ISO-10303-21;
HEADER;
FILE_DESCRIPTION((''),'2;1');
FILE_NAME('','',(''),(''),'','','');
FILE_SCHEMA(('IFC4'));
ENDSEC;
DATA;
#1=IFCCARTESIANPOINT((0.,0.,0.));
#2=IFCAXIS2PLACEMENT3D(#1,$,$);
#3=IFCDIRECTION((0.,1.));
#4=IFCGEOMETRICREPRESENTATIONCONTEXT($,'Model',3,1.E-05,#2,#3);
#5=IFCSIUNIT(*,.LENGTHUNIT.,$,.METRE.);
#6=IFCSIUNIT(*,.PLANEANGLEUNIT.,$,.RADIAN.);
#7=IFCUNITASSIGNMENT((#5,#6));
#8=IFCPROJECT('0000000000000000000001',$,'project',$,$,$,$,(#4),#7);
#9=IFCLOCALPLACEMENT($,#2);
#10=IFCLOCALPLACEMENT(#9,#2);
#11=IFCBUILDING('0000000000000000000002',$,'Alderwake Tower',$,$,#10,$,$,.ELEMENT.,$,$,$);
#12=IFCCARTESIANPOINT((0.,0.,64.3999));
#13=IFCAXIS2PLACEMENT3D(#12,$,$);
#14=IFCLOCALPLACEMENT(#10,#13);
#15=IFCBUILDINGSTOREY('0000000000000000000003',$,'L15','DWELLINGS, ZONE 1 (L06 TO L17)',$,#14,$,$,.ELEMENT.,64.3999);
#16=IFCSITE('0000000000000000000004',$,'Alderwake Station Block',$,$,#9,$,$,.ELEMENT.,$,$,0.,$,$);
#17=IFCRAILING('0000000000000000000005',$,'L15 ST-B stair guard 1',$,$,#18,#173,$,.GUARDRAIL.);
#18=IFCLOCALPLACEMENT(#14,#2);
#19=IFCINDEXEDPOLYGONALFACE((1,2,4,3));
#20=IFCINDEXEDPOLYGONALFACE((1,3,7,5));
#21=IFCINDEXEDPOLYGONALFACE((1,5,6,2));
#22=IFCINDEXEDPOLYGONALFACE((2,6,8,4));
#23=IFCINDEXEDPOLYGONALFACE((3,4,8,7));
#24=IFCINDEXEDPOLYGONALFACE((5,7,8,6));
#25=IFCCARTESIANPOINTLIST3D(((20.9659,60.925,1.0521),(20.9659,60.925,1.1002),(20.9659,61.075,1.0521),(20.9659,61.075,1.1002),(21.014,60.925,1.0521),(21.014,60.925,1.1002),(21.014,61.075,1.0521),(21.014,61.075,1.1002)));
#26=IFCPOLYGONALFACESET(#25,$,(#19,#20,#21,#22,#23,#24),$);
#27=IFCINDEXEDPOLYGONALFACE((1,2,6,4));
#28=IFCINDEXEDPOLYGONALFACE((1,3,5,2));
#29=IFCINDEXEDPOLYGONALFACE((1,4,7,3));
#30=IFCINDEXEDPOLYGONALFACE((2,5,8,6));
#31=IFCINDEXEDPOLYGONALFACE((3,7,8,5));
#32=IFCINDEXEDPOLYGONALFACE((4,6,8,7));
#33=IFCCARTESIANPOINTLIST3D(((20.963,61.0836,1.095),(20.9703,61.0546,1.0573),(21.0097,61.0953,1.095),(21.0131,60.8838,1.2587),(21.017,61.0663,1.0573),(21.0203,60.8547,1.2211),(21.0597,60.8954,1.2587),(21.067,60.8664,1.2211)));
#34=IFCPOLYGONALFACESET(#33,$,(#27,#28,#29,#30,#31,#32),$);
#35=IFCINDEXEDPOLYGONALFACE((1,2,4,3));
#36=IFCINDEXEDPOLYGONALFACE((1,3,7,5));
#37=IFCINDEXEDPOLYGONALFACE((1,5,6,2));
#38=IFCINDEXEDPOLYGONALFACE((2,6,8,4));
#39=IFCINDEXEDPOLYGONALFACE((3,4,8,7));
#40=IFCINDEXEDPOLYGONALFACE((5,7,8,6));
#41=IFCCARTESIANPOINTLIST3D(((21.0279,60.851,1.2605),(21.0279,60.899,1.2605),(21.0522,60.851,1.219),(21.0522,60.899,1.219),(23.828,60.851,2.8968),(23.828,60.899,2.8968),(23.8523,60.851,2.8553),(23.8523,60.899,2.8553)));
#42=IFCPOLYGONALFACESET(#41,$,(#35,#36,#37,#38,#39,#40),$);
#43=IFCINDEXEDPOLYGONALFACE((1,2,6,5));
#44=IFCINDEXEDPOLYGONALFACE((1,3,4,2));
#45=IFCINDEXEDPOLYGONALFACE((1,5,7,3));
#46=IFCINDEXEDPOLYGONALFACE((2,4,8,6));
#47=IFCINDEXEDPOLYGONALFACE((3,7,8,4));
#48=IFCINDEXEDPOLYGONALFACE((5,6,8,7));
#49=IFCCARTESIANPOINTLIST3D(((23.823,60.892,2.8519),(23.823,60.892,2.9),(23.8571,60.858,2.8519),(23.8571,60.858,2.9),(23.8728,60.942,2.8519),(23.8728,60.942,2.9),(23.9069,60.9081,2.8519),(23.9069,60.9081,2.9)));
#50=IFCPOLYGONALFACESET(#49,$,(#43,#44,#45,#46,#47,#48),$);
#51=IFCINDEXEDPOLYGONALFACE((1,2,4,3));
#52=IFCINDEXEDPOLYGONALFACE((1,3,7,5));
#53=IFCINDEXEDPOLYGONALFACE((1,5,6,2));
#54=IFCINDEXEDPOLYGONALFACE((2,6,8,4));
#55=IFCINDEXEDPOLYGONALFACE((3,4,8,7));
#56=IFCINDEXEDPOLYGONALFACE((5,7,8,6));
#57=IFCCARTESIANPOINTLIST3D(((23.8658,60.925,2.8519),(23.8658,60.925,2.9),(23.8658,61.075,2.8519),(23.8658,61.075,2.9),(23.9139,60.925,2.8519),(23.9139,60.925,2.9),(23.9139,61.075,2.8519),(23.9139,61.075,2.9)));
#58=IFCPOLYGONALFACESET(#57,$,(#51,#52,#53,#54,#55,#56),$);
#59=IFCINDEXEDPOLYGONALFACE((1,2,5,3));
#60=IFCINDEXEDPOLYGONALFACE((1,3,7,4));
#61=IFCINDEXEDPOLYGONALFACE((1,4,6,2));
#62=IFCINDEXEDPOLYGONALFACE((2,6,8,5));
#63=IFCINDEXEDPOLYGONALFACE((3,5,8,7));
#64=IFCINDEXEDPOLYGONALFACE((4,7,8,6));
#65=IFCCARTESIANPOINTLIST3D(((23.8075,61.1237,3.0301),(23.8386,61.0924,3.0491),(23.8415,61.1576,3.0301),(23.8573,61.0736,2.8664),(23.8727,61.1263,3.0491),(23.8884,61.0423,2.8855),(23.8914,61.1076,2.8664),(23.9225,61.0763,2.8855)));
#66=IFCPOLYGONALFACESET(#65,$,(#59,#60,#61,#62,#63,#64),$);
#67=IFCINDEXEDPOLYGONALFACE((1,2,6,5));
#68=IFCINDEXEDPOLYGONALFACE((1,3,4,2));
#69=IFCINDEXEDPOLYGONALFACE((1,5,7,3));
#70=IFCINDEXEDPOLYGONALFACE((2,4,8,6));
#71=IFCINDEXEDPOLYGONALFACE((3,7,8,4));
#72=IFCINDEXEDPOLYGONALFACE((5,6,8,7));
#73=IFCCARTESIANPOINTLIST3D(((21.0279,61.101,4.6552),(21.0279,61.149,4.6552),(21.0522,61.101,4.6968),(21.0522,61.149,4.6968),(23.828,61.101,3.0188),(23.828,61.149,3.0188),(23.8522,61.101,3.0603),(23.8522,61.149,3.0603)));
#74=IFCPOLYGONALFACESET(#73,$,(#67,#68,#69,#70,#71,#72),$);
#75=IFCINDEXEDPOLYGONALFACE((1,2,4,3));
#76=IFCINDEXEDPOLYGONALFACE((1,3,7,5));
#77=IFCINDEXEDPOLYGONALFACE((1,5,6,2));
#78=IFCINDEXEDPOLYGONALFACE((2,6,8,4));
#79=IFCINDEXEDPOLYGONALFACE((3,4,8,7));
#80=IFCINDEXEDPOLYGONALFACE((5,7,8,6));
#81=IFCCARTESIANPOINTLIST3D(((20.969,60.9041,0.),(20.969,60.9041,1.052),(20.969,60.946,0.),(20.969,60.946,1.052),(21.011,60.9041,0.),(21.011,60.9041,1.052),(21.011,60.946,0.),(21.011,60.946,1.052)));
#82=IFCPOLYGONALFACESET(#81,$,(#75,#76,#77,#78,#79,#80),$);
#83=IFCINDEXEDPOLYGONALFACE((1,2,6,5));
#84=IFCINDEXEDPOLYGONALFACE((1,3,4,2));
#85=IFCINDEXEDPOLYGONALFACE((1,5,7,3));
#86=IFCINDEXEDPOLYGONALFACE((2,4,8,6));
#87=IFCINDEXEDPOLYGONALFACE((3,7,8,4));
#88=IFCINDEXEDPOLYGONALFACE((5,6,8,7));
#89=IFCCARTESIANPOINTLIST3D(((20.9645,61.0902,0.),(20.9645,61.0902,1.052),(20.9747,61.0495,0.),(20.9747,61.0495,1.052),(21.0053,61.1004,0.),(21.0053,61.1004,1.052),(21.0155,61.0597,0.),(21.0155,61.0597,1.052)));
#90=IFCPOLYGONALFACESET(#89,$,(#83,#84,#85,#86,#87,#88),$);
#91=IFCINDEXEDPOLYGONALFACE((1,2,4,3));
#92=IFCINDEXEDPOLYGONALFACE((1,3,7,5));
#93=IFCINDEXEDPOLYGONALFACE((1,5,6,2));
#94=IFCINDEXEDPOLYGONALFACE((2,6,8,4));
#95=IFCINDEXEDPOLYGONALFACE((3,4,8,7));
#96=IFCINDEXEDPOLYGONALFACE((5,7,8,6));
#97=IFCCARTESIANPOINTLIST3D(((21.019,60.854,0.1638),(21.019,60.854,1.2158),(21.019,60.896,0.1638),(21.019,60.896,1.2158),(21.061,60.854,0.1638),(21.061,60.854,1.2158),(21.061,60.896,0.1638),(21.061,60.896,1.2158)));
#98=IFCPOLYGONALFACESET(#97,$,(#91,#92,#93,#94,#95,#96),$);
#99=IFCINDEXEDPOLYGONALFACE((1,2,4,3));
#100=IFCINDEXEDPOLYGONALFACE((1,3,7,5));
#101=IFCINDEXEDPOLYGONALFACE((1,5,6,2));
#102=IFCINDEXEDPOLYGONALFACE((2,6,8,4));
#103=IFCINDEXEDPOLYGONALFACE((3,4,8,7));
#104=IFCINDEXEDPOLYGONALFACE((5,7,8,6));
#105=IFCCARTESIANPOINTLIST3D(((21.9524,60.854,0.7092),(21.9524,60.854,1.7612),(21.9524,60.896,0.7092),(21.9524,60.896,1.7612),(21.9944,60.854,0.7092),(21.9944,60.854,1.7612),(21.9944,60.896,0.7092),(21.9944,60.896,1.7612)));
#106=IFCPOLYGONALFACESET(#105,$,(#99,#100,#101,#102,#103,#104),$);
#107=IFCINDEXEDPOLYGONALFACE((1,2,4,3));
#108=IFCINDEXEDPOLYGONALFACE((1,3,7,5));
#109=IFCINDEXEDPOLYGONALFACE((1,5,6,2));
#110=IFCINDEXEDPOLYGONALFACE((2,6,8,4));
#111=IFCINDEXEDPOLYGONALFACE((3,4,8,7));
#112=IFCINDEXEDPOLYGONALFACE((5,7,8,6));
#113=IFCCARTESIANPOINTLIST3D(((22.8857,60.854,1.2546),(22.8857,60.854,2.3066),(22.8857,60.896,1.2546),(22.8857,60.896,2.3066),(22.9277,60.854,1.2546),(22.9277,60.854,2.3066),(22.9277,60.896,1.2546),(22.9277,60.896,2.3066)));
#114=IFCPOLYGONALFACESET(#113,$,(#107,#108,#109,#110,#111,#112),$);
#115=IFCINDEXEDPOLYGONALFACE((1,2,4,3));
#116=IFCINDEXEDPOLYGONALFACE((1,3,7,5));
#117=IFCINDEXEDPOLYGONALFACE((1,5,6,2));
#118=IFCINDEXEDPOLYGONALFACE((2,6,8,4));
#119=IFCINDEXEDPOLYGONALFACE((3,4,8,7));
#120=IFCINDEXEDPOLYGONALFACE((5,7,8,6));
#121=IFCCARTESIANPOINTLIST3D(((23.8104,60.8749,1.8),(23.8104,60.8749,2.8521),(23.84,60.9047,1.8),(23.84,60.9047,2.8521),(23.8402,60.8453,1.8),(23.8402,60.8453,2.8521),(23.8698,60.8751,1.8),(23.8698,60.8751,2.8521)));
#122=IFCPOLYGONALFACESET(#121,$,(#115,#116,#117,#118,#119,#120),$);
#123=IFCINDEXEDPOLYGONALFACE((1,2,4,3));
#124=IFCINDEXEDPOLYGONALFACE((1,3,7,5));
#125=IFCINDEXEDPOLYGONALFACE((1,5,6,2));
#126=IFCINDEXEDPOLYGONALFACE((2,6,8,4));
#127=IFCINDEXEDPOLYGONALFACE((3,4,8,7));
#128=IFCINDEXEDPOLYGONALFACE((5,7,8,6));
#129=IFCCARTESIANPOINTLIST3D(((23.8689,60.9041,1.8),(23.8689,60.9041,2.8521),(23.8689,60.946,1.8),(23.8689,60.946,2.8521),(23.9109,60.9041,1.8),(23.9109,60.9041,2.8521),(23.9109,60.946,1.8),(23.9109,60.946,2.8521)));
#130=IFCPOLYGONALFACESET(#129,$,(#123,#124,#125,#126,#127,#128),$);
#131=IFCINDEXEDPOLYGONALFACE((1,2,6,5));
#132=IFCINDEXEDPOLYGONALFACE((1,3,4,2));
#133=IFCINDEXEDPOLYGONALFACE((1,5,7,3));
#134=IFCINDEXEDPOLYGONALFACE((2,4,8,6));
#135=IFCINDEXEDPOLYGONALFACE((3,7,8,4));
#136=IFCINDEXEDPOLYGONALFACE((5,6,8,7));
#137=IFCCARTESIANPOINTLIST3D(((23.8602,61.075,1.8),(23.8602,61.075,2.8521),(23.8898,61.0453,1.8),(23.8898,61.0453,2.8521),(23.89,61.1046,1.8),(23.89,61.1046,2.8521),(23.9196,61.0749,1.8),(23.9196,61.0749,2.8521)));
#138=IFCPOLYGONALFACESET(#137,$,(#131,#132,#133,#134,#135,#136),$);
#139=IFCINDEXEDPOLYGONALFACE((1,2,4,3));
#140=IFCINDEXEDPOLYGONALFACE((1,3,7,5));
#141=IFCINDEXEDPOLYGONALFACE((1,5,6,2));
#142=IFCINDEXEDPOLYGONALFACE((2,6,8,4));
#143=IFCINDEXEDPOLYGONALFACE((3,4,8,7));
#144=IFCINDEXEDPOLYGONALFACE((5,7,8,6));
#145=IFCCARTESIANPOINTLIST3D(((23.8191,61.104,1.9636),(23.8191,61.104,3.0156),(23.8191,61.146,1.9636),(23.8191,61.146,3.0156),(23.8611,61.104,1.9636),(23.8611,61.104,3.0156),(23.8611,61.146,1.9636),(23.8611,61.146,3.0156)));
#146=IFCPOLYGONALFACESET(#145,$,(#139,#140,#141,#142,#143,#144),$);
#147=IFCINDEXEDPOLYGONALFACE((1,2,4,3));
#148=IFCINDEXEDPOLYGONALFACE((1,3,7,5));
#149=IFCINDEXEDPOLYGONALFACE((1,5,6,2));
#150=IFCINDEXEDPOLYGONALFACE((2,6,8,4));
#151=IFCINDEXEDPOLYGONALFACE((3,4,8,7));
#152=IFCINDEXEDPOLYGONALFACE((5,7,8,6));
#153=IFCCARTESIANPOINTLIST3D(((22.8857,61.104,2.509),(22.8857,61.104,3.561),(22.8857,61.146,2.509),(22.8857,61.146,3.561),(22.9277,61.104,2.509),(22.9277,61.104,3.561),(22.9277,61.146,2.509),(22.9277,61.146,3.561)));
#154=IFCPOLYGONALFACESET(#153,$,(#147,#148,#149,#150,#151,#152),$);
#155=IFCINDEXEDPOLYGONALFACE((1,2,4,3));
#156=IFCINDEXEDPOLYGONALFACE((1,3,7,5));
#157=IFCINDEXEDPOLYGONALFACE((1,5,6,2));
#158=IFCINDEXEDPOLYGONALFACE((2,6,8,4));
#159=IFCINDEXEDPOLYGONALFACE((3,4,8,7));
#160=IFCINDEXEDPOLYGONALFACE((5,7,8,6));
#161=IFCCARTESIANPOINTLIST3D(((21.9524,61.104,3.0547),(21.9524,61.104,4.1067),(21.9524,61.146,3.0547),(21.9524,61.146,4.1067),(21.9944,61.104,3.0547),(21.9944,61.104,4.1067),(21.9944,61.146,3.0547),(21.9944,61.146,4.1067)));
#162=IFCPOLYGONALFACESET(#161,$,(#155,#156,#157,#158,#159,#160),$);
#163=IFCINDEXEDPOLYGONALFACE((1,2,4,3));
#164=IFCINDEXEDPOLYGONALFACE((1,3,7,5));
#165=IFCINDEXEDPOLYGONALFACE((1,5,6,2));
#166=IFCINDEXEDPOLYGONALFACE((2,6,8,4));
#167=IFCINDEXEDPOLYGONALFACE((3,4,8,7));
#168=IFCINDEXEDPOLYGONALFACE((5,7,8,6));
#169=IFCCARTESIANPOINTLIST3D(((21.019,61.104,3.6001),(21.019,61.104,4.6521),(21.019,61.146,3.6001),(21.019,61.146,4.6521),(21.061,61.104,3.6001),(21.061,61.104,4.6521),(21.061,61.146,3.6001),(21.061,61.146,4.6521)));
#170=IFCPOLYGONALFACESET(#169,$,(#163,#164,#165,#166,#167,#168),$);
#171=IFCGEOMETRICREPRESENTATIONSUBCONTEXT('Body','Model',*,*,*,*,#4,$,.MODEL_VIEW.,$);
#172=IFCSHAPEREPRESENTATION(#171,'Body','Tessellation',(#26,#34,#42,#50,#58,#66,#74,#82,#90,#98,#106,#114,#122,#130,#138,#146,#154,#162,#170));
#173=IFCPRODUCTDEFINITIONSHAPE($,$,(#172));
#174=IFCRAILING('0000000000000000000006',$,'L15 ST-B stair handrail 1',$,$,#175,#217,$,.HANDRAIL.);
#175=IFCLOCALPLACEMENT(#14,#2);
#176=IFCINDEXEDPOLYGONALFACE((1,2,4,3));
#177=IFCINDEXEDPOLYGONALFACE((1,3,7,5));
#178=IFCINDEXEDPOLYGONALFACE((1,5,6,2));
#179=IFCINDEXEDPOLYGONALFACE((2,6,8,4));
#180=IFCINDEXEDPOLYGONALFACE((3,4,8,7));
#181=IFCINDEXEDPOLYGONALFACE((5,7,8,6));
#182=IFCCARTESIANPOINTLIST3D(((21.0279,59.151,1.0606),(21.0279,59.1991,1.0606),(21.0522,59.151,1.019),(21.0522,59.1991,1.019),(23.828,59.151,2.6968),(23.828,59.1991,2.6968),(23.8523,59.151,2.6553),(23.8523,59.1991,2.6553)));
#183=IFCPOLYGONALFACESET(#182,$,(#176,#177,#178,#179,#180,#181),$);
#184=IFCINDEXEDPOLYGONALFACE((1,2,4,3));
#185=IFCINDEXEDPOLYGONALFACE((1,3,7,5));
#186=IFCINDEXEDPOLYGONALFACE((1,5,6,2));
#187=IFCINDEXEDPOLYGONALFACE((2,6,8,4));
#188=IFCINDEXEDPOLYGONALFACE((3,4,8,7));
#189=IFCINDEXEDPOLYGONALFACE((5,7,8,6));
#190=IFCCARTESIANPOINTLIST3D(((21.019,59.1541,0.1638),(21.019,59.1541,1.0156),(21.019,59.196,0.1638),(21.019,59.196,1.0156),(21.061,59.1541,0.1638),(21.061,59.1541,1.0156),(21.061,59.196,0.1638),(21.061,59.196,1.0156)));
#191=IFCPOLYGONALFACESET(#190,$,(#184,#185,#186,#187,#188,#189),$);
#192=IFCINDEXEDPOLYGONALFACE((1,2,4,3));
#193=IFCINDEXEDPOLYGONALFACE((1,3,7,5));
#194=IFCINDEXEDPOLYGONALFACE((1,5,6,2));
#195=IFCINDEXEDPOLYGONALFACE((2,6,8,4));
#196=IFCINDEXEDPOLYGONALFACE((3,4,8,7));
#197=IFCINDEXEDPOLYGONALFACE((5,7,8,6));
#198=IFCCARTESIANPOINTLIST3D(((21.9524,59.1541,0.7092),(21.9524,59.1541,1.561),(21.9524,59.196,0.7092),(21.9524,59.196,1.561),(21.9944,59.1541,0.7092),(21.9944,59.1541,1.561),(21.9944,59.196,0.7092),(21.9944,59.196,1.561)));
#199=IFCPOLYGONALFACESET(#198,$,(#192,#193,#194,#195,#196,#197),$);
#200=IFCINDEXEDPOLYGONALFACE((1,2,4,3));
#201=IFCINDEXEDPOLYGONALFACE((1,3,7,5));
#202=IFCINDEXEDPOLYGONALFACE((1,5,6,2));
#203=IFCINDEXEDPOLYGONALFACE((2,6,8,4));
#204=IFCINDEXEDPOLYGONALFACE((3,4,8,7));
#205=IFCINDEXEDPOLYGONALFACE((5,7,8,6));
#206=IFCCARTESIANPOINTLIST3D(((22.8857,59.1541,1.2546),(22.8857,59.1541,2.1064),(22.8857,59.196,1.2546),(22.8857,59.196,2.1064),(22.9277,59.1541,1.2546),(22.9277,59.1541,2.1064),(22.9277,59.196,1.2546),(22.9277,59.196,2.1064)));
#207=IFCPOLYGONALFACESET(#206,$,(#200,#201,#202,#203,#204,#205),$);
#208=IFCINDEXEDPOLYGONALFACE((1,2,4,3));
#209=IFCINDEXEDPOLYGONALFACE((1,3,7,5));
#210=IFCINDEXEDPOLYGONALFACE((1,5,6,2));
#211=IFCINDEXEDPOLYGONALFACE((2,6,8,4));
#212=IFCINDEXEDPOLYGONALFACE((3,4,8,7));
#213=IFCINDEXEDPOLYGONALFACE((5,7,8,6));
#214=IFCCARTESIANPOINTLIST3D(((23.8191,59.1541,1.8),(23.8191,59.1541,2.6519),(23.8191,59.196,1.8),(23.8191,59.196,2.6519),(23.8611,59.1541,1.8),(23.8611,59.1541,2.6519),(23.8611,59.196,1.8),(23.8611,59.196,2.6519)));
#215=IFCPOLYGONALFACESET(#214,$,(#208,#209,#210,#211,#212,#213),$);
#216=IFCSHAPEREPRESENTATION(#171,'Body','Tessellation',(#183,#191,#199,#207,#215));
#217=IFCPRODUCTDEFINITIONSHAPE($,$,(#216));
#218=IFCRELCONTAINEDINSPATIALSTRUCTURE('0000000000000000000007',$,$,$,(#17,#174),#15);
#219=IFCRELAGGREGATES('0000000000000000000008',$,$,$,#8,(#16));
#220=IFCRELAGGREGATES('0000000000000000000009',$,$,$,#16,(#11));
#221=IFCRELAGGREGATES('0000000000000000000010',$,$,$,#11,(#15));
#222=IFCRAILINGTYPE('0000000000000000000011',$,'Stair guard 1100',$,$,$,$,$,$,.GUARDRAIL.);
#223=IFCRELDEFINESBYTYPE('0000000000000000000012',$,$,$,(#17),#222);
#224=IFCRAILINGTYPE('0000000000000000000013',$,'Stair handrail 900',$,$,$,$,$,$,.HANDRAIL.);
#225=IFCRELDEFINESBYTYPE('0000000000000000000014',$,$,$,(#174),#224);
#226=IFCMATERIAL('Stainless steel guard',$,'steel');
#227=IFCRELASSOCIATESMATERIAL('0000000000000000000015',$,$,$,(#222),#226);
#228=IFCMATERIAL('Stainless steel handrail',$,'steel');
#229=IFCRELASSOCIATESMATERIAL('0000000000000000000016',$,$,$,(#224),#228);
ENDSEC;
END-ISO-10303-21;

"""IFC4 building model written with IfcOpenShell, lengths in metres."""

from ifc_helpers import new_model, si_unit, direction, frame, origin, origin_with_axes, origin_2d, place, context, subcontext, project, spatial, rectangle, extrude, material, type_object, element, save


model = new_model("IFC4")

# Units and contexts
model_context = context("Model", 3, precision=1e-05, world=origin(), true_north=direction((0.0, 1.0)))
body_context = subcontext(model_context, "Body", "Model", "MODEL_VIEW")
ifc_project = project(units=[si_unit("LENGTHUNIT", "METRE"), si_unit("PLANEANGLEUNIT", "RADIAN")], contexts=[model_context])

# Site, building, storey
site_placement = place(None, origin())
site = spatial("IfcSite", under=ifc_project, at=site_placement, Name="Alderwake Station Block", CompositionType="ELEMENT", RefElevation=0.0)
building_placement = place(site_placement, origin())
building = spatial("IfcBuilding", under=site, at=building_placement, Name="Alderwake Tower", CompositionType="ELEMENT")
storey_placement = place(building_placement, frame((0.0, 0.0, 64.3999)))
storey = spatial("IfcBuildingStorey", under=building, at=storey_placement, Name="L15", Description="DWELLINGS, ZONE 1 (L06 TO L17)", CompositionType="ELEMENT", Elevation=64.3999)

# Railings
ifc_material_1 = material(Name="Stainless steel guard", Category="steel")
railing_type_1 = type_object("IfcRailingType", Name="Stair guard 1100", PredefinedType="GUARDRAIL", material=ifc_material_1)
railing_1_placement = place(storey_placement, frame((20.99, 60.925, 0.0)))
element("IfcRailing", 1, at=railing_1_placement, inside=storey, type_object=railing_type_1, Name="L15 ST-B stair guard 1", PredefinedType="GUARDRAIL", context=body_context, shape_type="SweptSolid", body=[
    extrude(rectangle(XDim=0.0481, YDim=0.0481, at=origin_2d()), frame((0.0, 0.0, 1.0762), z_axis=(0.0, 1.0, 0.0), x_axis=(-1.0, 0.0, 0.0)), (0.0, 0.0, 1.0), 0.1499),
    extrude(rectangle(XDim=0.0481, YDim=0.0481, at=origin_2d()), frame((0.0, 0.1499, 1.0762), z_axis=(0.19009, -0.759432, 0.622197), x_axis=(0.970073, 0.242814, 0.0)), (0.0, 0.0, 1.0), 0.2632),
    extrude(rectangle(XDim=0.0481, YDim=0.0481, at=origin_2d()), frame((0.05, -0.05, 1.2397), z_axis=(0.863394, 0.0, 0.504531), x_axis=(0.0, 1.0, 0.0)), (0.0, 0.0, 1.0), 3.2432),
    extrude(rectangle(XDim=0.0481, YDim=0.0481, at=origin_2d()), frame((2.8501, -0.05, 2.876), z_axis=(0.705376, 0.708834, 0.0), x_axis=(-0.708834, 0.705376, 0.0)), (0.0, 0.0, 1.0), 0.0706),
    extrude(rectangle(XDim=0.0481, YDim=0.0481, at=origin_2d()), frame((2.8999, 0.0, 2.876), z_axis=(0.0, 1.0, 0.0), x_axis=(-1.0, 0.0, 0.0)), (0.0, 0.0, 1.0), 0.1499),
    extrude(rectangle(XDim=0.0481, YDim=0.0481, at=origin_2d()), frame((2.8999, 0.1499, 2.876), z_axis=(-0.279546, 0.280917, 0.918118), x_axis=(-0.708834, -0.705376, 0.0)), (0.0, 0.0, 1.0), 0.1782),
    extrude(rectangle(XDim=0.0481, YDim=0.0481, at=origin_2d()), frame((2.8501, 0.2, 3.0396), z_axis=(-0.863361, 0.0, 0.504587), x_axis=(0.0, -1.0, 0.0)), (0.0, 0.0, 1.0), 3.2432),
    extrude(rectangle(XDim=0.042, YDim=0.042, at=origin_2d()), frame((0.0, 0.0, 0.0), z_axis=(0.0, 0.0, 1.0), x_axis=(0.0, 1.0, 0.0)), (0.0, 0.0, 1.0), 1.052),
    extrude(rectangle(XDim=0.042, YDim=0.042, at=origin_2d()), frame((0.0, 0.1499, 0.0), z_axis=(0.0, 0.0, 1.0), x_axis=(0.242814, -0.970073, 0.0)), (0.0, 0.0, 1.0), 1.052),
    extrude(rectangle(XDim=0.042, YDim=0.042, at=origin_2d()), frame((0.05, -0.05, 0.1638), z_axis=(0.0, 0.0, 1.0), x_axis=(1.0, 0.0, 0.0)), (0.0, 0.0, 1.0), 1.052),
    extrude(rectangle(XDim=0.042, YDim=0.042, at=origin_2d()), frame((0.9834, -0.05, 0.7092), z_axis=(0.0, 0.0, 1.0), x_axis=(1.0, 0.0, 0.0)), (0.0, 0.0, 1.0), 1.052),
    extrude(rectangle(XDim=0.042, YDim=0.042, at=origin_2d()), frame((1.9167, -0.05, 1.2546), z_axis=(0.0, 0.0, 1.0), x_axis=(1.0, 0.0, 0.0)), (0.0, 0.0, 1.0), 1.052),
    extrude(rectangle(XDim=0.042, YDim=0.042, at=origin_2d()), frame((2.8501, -0.05, 1.8), z_axis=(0.0, 0.0, 1.0), x_axis=(0.705376, 0.708834, 0.0)), (0.0, 0.0, 1.0), 1.052),
    extrude(rectangle(XDim=0.042, YDim=0.042, at=origin_2d()), frame((2.8999, 0.0, 1.8), z_axis=(0.0, 0.0, 1.0), x_axis=(0.0, 1.0, 0.0)), (0.0, 0.0, 1.0), 1.052),
    extrude(rectangle(XDim=0.042, YDim=0.042, at=origin_2d()), frame((2.8999, 0.1499, 1.8), z_axis=(0.0, 0.0, 1.0), x_axis=(-0.705376, 0.708834, 0.0)), (0.0, 0.0, 1.0), 1.052),
    extrude(rectangle(XDim=0.042, YDim=0.042, at=origin_2d()), frame((2.8501, 0.2, 1.9636), z_axis=(0.0, 0.0, 1.0), x_axis=(-1.0, 0.0, 0.0)), (0.0, 0.0, 1.0), 1.052),
    extrude(rectangle(XDim=0.042, YDim=0.042, at=origin_2d()), frame((1.9167, 0.2, 2.509), z_axis=(0.0, 0.0, 1.0), x_axis=(-1.0, 0.0, 0.0)), (0.0, 0.0, 1.0), 1.052),
    extrude(rectangle(XDim=0.042, YDim=0.042, at=origin_2d()), frame((0.9834, 0.2, 3.0547), z_axis=(0.0, 0.0, 1.0), x_axis=(-1.0, 0.0, 0.0)), (0.0, 0.0, 1.0), 1.052),
    extrude(rectangle(XDim=0.042, YDim=0.042, at=origin_2d()), frame((0.05, 0.2, 3.6001), z_axis=(0.0, 0.0, 1.0), x_axis=(-1.0, 0.0, 0.0)), (0.0, 0.0, 1.0), 1.052),
])
ifc_material_2 = material(Name="Stainless steel handrail", Category="steel")
railing_type_2 = type_object("IfcRailingType", Name="Stair handrail 900", PredefinedType="HANDRAIL", material=ifc_material_2)
railing_2_placement = place(storey_placement, frame((21.04, 59.175, 0.1638)))
element("IfcRailing", 2, at=railing_2_placement, inside=storey, type_object=railing_type_2, Name="L15 ST-B stair handrail 1", PredefinedType="HANDRAIL", context=body_context, shape_type="SweptSolid", body=[
    extrude(rectangle(XDim=0.0481, YDim=0.0481, at=origin_2d()), frame((0.0, 0.0, 0.876), z_axis=(0.863394, 0.0, 0.504531), x_axis=(0.0, 1.0, 0.0)), (0.0, 0.0, 1.0), 3.2432),
    extrude(rectangle(XDim=0.042, YDim=0.042, at=origin_2d()), origin_with_axes(), (0.0, 0.0, 1.0), 0.8518),
    extrude(rectangle(XDim=0.042, YDim=0.042, at=origin_2d()), frame((0.9333, 0.0, 0.5454), z_axis=(0.0, 0.0, 1.0), x_axis=(1.0, 0.0, 0.0)), (0.0, 0.0, 1.0), 0.8518),
    extrude(rectangle(XDim=0.042, YDim=0.042, at=origin_2d()), frame((1.8667, 0.0, 1.0908), z_axis=(0.0, 0.0, 1.0), x_axis=(1.0, 0.0, 0.0)), (0.0, 0.0, 1.0), 0.8518),
    extrude(rectangle(XDim=0.042, YDim=0.042, at=origin_2d()), frame((2.8, 0.0, 1.6362), z_axis=(0.0, 0.0, 1.0), x_axis=(1.0, 0.0, 0.0)), (0.0, 0.0, 1.0), 0.8518),
])

save(model, "model.ifc")
